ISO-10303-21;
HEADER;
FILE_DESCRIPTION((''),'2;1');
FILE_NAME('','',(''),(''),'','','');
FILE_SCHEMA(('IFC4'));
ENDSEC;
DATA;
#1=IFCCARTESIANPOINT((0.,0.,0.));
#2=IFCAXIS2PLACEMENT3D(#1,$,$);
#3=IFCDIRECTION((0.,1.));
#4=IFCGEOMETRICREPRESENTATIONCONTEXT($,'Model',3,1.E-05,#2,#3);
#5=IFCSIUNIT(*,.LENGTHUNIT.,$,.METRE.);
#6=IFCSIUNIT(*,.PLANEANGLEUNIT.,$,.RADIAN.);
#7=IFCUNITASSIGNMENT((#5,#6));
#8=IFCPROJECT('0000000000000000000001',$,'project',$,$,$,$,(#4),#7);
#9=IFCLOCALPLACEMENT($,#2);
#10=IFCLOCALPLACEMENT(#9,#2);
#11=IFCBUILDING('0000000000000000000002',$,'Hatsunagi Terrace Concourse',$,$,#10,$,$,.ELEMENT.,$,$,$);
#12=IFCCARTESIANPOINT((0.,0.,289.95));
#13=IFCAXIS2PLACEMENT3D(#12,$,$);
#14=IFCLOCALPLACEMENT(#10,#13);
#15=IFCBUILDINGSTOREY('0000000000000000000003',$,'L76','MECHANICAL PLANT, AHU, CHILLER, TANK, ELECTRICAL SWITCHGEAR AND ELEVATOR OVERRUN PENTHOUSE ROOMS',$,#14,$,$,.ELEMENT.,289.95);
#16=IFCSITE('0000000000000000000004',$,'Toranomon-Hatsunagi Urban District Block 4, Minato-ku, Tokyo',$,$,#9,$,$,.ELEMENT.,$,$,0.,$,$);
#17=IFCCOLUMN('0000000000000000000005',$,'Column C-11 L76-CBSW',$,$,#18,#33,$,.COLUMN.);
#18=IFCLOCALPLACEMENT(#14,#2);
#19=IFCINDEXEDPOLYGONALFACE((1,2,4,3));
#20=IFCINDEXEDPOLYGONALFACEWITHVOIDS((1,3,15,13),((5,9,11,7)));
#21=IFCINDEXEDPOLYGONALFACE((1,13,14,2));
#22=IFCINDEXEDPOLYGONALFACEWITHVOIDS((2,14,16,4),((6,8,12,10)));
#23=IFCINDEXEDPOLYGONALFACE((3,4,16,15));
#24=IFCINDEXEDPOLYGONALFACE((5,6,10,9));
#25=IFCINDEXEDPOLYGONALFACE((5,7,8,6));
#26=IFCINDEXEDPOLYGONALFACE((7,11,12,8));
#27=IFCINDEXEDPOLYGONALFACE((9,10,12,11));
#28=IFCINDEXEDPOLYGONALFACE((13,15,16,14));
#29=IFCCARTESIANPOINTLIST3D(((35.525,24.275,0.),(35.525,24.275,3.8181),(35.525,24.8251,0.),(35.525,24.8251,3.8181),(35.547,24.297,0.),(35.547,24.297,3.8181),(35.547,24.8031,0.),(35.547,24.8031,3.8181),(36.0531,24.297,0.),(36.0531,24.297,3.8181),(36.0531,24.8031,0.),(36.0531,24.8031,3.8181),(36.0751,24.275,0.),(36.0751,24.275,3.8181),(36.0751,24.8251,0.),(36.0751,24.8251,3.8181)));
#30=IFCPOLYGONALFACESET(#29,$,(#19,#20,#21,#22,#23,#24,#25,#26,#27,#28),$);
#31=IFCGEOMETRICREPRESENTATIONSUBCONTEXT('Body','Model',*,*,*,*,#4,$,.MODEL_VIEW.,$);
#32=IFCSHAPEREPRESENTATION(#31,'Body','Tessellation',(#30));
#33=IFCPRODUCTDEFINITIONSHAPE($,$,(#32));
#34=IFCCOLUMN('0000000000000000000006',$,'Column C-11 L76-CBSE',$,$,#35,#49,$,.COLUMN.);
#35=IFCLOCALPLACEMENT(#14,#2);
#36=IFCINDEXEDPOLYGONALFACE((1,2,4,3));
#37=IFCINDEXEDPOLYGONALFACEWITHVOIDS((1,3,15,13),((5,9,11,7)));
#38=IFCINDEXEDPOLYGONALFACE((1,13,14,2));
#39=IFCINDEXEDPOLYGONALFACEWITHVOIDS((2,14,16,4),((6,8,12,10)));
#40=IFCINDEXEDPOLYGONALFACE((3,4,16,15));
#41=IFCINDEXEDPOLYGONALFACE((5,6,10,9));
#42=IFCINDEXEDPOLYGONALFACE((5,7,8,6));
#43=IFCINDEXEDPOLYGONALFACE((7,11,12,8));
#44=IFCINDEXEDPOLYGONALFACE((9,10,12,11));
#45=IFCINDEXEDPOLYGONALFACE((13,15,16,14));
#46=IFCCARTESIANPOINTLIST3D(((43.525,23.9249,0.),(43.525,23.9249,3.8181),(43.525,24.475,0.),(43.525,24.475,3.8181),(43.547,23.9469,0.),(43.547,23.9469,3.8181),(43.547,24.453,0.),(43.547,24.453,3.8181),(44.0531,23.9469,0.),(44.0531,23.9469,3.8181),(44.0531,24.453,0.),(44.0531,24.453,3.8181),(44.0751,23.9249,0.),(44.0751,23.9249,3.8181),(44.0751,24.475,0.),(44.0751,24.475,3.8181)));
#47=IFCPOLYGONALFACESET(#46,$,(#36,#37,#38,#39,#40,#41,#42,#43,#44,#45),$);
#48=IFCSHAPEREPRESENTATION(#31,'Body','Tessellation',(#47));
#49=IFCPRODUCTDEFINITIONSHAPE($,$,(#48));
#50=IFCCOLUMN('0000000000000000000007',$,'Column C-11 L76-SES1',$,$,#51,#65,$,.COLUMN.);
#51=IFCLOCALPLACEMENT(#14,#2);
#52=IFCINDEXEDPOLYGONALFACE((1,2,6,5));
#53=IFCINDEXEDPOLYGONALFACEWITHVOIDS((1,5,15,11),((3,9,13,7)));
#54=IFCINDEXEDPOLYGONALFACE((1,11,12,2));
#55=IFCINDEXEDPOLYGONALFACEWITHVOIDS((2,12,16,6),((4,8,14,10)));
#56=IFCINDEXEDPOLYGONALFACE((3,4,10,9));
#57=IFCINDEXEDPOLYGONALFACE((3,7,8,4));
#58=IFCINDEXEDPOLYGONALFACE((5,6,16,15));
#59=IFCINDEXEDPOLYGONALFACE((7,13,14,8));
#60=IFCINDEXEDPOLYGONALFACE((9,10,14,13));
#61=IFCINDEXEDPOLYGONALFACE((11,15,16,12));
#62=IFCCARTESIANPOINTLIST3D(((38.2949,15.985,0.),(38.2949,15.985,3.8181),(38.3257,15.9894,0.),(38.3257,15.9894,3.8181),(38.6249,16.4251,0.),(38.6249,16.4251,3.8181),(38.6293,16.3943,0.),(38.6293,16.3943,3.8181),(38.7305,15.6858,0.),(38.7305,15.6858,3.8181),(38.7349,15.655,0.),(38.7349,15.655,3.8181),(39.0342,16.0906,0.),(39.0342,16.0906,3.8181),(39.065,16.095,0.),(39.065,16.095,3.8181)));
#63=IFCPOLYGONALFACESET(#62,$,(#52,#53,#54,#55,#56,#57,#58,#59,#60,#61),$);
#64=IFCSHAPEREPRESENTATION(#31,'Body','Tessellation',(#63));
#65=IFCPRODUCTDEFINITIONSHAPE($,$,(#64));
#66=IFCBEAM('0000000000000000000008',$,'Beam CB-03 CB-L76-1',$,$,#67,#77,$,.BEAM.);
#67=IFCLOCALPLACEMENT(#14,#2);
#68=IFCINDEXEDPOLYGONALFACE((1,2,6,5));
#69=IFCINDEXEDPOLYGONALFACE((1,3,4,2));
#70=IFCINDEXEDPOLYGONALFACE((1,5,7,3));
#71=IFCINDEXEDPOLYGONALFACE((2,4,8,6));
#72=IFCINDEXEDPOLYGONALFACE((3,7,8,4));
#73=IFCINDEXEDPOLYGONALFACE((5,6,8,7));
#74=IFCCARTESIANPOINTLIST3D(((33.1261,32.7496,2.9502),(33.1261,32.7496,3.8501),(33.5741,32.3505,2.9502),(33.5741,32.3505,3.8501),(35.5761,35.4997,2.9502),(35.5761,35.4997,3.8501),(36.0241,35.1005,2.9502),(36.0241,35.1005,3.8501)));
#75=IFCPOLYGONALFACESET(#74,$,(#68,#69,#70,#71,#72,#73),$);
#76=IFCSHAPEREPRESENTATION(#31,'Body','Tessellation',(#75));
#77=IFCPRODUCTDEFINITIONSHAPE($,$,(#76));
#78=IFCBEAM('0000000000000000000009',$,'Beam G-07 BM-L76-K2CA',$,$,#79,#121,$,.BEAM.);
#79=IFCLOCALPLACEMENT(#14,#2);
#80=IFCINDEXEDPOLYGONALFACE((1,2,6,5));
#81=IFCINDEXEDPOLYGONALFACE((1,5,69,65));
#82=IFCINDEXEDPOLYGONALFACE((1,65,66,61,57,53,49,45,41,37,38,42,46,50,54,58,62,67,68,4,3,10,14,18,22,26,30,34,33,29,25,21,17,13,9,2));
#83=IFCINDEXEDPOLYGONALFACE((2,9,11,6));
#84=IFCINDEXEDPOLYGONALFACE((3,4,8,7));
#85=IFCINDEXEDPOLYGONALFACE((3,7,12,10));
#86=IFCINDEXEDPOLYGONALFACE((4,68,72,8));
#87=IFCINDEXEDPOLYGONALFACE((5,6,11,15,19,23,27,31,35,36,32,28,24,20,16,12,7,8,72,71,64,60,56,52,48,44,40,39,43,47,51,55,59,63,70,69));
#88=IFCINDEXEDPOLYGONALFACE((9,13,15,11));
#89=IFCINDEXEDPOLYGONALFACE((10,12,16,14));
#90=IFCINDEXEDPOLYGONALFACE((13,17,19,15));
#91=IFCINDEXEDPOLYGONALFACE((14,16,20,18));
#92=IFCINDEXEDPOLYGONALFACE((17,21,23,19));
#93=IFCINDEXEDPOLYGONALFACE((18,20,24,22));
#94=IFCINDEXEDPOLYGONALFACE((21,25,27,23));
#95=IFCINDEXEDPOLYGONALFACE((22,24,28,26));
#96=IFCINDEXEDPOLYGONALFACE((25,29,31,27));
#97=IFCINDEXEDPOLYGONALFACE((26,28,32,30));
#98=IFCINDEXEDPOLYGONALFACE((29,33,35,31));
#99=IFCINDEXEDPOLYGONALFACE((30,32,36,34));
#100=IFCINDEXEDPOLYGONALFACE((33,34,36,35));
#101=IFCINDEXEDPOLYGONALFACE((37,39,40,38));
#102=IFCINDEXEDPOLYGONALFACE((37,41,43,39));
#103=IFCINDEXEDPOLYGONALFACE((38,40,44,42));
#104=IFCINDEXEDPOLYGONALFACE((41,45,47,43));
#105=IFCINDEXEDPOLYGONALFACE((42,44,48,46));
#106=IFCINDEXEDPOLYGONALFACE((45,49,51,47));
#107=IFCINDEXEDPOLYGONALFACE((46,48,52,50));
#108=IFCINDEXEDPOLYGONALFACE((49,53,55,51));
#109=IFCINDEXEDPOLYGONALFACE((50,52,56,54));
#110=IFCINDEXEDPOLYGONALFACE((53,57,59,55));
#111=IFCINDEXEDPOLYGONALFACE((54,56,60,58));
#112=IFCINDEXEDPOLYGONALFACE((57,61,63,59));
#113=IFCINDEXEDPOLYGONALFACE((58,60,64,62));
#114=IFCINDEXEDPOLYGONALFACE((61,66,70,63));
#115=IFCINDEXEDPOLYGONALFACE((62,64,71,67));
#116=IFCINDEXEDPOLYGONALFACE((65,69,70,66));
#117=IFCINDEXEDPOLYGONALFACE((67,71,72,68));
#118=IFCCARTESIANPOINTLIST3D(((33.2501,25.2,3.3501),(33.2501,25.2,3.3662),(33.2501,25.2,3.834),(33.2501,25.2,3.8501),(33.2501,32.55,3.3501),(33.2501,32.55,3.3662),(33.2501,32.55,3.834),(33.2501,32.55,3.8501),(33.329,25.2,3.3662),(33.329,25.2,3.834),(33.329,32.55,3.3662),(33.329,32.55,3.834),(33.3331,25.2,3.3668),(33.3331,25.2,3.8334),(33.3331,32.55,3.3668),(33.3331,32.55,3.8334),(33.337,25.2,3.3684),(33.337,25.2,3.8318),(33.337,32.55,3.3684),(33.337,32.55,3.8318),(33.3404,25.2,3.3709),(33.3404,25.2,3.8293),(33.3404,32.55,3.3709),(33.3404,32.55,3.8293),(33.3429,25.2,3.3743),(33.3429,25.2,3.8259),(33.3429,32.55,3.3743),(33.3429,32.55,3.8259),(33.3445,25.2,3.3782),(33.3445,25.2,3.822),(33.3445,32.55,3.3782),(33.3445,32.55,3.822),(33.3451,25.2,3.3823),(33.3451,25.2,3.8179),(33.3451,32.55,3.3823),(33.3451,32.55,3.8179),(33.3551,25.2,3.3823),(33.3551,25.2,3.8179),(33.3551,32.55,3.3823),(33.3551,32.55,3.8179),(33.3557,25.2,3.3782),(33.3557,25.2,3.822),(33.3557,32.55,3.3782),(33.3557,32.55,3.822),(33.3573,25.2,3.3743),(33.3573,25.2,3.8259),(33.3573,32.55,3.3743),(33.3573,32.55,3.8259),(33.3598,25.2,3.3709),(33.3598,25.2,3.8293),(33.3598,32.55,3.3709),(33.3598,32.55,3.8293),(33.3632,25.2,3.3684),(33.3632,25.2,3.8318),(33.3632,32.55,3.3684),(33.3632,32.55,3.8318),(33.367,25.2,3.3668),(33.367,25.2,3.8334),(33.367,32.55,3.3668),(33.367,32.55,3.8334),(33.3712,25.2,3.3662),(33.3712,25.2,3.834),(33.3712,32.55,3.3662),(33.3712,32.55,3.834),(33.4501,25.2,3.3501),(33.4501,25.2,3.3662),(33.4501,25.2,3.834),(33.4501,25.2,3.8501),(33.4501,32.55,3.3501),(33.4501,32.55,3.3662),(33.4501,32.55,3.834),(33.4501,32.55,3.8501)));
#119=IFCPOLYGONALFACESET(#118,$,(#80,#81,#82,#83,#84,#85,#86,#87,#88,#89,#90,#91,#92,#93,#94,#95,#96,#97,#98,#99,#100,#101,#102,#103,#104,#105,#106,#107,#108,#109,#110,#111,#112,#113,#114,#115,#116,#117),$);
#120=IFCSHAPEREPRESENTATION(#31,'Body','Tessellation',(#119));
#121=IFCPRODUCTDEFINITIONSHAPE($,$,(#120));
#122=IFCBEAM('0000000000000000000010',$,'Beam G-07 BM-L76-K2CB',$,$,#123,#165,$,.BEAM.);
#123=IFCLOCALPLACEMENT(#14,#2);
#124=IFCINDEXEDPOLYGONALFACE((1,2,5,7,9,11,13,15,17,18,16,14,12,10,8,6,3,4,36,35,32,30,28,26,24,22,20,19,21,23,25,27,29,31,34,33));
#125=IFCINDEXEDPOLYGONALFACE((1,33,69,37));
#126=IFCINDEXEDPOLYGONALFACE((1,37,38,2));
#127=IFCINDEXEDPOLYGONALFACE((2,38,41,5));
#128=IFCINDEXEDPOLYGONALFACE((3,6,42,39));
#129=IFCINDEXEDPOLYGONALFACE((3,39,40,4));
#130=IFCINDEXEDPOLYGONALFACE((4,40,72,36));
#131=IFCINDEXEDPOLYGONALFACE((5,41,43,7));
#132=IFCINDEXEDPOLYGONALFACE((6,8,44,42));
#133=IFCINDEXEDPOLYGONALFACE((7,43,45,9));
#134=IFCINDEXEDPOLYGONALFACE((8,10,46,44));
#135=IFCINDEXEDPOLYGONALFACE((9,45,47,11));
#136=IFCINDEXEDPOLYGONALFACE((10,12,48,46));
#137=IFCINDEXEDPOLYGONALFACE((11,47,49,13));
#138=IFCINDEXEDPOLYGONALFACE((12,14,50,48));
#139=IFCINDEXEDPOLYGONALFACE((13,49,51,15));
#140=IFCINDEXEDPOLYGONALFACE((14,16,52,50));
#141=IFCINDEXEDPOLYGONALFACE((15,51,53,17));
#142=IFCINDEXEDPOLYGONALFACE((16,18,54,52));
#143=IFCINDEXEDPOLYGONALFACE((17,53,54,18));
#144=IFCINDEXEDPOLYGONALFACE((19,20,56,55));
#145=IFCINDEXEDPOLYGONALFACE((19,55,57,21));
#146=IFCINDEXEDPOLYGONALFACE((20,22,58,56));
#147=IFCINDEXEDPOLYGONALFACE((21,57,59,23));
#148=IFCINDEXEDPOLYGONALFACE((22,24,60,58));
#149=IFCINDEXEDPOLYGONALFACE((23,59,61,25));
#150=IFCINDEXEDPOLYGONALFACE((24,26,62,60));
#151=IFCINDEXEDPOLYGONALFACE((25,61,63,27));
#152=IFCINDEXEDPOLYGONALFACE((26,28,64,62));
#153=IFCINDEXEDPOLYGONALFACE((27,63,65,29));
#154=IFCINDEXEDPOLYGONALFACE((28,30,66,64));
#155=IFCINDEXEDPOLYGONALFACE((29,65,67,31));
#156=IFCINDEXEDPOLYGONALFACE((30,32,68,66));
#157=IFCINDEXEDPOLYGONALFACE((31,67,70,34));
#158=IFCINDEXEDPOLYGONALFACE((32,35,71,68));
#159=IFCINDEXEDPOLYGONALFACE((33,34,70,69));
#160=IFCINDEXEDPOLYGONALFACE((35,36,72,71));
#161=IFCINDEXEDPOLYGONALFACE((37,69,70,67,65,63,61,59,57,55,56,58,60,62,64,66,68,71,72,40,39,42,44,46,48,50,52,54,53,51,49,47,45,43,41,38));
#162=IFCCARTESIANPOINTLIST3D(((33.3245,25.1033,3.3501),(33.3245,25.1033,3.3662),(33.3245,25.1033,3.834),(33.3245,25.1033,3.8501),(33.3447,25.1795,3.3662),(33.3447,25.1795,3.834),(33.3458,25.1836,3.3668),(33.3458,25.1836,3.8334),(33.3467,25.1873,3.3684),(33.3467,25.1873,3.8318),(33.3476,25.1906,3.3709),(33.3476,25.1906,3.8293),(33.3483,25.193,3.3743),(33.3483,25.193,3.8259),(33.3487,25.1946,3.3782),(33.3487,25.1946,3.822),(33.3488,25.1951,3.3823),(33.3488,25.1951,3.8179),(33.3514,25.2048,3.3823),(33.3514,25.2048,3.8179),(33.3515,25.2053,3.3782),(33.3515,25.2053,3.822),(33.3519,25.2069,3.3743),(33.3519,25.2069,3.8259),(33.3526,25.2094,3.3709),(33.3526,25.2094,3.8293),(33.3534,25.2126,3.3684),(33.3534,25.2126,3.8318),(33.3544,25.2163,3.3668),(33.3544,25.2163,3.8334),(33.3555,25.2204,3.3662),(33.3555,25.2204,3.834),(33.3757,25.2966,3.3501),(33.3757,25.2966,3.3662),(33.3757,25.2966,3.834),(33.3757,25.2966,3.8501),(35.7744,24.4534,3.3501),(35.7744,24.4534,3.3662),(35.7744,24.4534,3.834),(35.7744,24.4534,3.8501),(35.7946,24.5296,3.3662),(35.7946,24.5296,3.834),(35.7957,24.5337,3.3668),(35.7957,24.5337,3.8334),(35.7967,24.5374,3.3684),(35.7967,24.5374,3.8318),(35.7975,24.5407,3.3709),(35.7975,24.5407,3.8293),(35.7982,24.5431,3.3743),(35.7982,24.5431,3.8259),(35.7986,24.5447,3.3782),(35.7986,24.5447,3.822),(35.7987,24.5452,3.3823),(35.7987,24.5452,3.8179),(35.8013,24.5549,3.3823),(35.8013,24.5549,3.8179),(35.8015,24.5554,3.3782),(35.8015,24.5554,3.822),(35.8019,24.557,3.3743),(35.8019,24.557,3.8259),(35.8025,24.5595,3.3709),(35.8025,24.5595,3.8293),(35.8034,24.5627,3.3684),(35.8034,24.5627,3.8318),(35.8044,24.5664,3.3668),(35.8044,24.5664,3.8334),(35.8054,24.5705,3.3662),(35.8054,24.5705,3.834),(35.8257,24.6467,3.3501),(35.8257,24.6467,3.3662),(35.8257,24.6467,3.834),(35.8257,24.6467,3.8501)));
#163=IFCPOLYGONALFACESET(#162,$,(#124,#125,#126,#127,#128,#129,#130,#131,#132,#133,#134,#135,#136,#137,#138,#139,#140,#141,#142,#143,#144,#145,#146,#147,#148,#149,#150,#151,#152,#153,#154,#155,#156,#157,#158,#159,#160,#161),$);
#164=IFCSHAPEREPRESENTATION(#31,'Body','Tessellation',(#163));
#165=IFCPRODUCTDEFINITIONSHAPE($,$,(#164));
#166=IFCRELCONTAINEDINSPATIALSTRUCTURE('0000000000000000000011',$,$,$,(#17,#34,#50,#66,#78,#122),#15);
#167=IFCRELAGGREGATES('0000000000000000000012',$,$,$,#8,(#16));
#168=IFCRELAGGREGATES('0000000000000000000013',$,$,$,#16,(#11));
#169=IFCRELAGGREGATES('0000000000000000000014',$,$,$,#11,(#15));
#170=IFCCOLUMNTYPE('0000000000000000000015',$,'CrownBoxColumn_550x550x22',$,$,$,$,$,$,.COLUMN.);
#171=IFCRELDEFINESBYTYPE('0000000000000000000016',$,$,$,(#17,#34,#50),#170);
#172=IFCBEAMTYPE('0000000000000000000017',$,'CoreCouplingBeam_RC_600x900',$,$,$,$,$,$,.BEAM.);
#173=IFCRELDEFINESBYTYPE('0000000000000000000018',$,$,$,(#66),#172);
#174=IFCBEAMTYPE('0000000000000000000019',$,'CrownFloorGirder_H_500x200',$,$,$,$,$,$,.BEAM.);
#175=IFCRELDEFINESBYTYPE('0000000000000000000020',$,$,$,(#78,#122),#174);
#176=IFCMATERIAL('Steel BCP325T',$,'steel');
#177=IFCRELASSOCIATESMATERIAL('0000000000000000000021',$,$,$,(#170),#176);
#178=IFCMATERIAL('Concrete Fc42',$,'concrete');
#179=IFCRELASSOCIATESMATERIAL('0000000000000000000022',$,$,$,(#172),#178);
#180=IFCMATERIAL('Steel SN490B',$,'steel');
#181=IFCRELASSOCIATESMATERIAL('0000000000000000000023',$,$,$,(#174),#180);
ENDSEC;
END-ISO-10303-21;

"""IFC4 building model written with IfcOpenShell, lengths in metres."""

from ifc_helpers import new_model, si_unit, direction, frame, origin, origin_2d, place, context, subcontext, project, spatial, rectangle, hollow_rectangle, i_section, extrude, material, material_profile, profile_set, type_object, element, save


model = new_model("IFC4")

# Units and contexts
model_context = context("Model", 3, precision=1e-05, world=origin(), true_north=direction((0.0, 1.0)))
body_context = subcontext(model_context, "Body", "Model", "MODEL_VIEW")
ifc_project = project(units=[si_unit("LENGTHUNIT", "METRE"), si_unit("PLANEANGLEUNIT", "RADIAN")], contexts=[model_context])

# Site, building, storey
site_placement = place(None, origin())
site = spatial("IfcSite", under=ifc_project, at=site_placement, Name="Toranomon-Hatsunagi Urban District Block 4, Minato-ku, Tokyo", CompositionType="ELEMENT", RefElevation=0.0)
building_placement = place(site_placement, origin())
building = spatial("IfcBuilding", under=site, at=building_placement, Name="Hatsunagi Terrace Concourse", CompositionType="ELEMENT")
storey_placement = place(building_placement, frame((0.0, 0.0, 289.95)))
storey = spatial("IfcBuildingStorey", under=building, at=storey_placement, Name="L76", Description="MECHANICAL PLANT, AHU, CHILLER, TANK, ELECTRICAL SWITCHGEAR AND ELEVATOR OVERRUN PENTHOUSE ROOMS", CompositionType="ELEMENT", Elevation=289.95)

# Columns
ifc_material_1 = material(Name="Steel BCP325T", Category="steel")
ifc_material_profile_1 = material_profile(ifc_material_1, hollow_rectangle(XDim=0.55, YDim=0.55, WallThickness=0.022, at=origin_2d()), Name="BCP-550x550x22")
ifc_profile_set_1 = profile_set([ifc_material_profile_1], Name="Steel BCP325T")
column_type = type_object("IfcColumnType", Name="CrownBoxColumn_550x550x22", PredefinedType="COLUMN", material=ifc_profile_set_1)
for number, where, z_axis, x_axis, name in (
    (1, (35.8, 24.55, 0.0), (0.0, 0.0, 1.0), (1.0, 0.0, 0.0), "Column C-11 L76-CBSW"),
    (2, (43.8, 24.2, 0.0), (0.0, 0.0, 1.0), (1.0, 0.0, 0.0), "Column C-11 L76-CBSE"),
    (3, (38.6799, 16.04, 0.0), (0.0, 0.0, 1.0), (0.8, -0.6, 0.0), "Column C-11 L76-SES1"),
):
    element("IfcColumn", number, at=place(storey_placement, frame(where, z_axis=z_axis, x_axis=x_axis)), inside=storey, type_object=column_type, Name=name, PredefinedType="COLUMN", context=body_context, shape_type="SweptSolid", body=[
        extrude(hollow_rectangle(XDim=0.55, YDim=0.55, WallThickness=0.022, at=origin_2d()), origin(), (0.0, 0.0, 1.0), 3.8181),
    ])

# Beams
ifc_material_2 = material(Name="Concrete Fc42", Category="concrete")
ifc_material_profile_2 = material_profile(ifc_material_2, rectangle(XDim=0.6001, YDim=0.8999, at=origin_2d()), Name="RC-600x900")
ifc_profile_set_2 = profile_set([ifc_material_profile_2], Name="Concrete Fc42")
beam_type_1 = type_object("IfcBeamType", Name="CoreCouplingBeam_RC_600x900", PredefinedType="BEAM", material=ifc_profile_set_2)
beam_1_placement = place(storey_placement, frame((33.3501, 32.55, 3.4001), z_axis=(0.665199, 0.746666, 0.0), x_axis=(-0.746666, 0.665199, 0.0)))
element("IfcBeam", 4, at=beam_1_placement, inside=storey, type_object=beam_type_1, Name="Beam CB-03 CB-L76-1", PredefinedType="BEAM", context=body_context, shape_type="SweptSolid", body=[
    extrude(rectangle(XDim=0.6001, YDim=0.8999, at=origin_2d()), origin(), (0.0, 0.0, 1.0), 3.6831),
])
ifc_material_3 = material(Name="Steel SN490B", Category="steel")
ifc_material_profile_3 = material_profile(ifc_material_3, i_section(OverallWidth=0.2, OverallDepth=0.5, WebThickness=0.01, FlangeThickness=0.0161, FilletRadius=0.0161, at=origin_2d()), Name="H-500x200x10x16")
ifc_profile_set_3 = profile_set([ifc_material_profile_3], Name="Steel SN490B")
beam_type_2 = type_object("IfcBeamType", Name="CrownFloorGirder_H_500x200", PredefinedType="BEAM", material=ifc_profile_set_3)
beam_2_placement = place(storey_placement, frame((33.3501, 25.2, 3.6001), z_axis=(0.0, 1.0, 0.0), x_axis=(-1.0, 0.0, 0.0)))
element("IfcBeam", 5, at=beam_2_placement, inside=storey, type_object=beam_type_2, Name="Beam G-07 BM-L76-K2CA", PredefinedType="BEAM", context=body_context, shape_type="SweptSolid", body=[
    extrude(i_section(OverallWidth=0.2, OverallDepth=0.5, WebThickness=0.01, FlangeThickness=0.0161, FilletRadius=0.0161, at=origin_2d()), origin(), (0.0, 0.0, 1.0), 7.3501),
])
beam_3_placement = place(storey_placement, frame((33.3501, 25.2, 3.6001), z_axis=(0.96657, -0.256403, 0.0), x_axis=(0.256403, 0.96657, 0.0)))
element("IfcBeam", 6, at=beam_3_placement, inside=storey, type_object=beam_type_2, Name="Beam G-07 BM-L76-K2CB", PredefinedType="BEAM", context=body_context, shape_type="SweptSolid", body=[
    extrude(i_section(OverallWidth=0.2, OverallDepth=0.5, WebThickness=0.01, FlangeThickness=0.0161, FilletRadius=0.0161, at=origin_2d()), origin(), (0.0, 0.0, 1.0), 2.5347),
])

save(model, "model.ifc")
